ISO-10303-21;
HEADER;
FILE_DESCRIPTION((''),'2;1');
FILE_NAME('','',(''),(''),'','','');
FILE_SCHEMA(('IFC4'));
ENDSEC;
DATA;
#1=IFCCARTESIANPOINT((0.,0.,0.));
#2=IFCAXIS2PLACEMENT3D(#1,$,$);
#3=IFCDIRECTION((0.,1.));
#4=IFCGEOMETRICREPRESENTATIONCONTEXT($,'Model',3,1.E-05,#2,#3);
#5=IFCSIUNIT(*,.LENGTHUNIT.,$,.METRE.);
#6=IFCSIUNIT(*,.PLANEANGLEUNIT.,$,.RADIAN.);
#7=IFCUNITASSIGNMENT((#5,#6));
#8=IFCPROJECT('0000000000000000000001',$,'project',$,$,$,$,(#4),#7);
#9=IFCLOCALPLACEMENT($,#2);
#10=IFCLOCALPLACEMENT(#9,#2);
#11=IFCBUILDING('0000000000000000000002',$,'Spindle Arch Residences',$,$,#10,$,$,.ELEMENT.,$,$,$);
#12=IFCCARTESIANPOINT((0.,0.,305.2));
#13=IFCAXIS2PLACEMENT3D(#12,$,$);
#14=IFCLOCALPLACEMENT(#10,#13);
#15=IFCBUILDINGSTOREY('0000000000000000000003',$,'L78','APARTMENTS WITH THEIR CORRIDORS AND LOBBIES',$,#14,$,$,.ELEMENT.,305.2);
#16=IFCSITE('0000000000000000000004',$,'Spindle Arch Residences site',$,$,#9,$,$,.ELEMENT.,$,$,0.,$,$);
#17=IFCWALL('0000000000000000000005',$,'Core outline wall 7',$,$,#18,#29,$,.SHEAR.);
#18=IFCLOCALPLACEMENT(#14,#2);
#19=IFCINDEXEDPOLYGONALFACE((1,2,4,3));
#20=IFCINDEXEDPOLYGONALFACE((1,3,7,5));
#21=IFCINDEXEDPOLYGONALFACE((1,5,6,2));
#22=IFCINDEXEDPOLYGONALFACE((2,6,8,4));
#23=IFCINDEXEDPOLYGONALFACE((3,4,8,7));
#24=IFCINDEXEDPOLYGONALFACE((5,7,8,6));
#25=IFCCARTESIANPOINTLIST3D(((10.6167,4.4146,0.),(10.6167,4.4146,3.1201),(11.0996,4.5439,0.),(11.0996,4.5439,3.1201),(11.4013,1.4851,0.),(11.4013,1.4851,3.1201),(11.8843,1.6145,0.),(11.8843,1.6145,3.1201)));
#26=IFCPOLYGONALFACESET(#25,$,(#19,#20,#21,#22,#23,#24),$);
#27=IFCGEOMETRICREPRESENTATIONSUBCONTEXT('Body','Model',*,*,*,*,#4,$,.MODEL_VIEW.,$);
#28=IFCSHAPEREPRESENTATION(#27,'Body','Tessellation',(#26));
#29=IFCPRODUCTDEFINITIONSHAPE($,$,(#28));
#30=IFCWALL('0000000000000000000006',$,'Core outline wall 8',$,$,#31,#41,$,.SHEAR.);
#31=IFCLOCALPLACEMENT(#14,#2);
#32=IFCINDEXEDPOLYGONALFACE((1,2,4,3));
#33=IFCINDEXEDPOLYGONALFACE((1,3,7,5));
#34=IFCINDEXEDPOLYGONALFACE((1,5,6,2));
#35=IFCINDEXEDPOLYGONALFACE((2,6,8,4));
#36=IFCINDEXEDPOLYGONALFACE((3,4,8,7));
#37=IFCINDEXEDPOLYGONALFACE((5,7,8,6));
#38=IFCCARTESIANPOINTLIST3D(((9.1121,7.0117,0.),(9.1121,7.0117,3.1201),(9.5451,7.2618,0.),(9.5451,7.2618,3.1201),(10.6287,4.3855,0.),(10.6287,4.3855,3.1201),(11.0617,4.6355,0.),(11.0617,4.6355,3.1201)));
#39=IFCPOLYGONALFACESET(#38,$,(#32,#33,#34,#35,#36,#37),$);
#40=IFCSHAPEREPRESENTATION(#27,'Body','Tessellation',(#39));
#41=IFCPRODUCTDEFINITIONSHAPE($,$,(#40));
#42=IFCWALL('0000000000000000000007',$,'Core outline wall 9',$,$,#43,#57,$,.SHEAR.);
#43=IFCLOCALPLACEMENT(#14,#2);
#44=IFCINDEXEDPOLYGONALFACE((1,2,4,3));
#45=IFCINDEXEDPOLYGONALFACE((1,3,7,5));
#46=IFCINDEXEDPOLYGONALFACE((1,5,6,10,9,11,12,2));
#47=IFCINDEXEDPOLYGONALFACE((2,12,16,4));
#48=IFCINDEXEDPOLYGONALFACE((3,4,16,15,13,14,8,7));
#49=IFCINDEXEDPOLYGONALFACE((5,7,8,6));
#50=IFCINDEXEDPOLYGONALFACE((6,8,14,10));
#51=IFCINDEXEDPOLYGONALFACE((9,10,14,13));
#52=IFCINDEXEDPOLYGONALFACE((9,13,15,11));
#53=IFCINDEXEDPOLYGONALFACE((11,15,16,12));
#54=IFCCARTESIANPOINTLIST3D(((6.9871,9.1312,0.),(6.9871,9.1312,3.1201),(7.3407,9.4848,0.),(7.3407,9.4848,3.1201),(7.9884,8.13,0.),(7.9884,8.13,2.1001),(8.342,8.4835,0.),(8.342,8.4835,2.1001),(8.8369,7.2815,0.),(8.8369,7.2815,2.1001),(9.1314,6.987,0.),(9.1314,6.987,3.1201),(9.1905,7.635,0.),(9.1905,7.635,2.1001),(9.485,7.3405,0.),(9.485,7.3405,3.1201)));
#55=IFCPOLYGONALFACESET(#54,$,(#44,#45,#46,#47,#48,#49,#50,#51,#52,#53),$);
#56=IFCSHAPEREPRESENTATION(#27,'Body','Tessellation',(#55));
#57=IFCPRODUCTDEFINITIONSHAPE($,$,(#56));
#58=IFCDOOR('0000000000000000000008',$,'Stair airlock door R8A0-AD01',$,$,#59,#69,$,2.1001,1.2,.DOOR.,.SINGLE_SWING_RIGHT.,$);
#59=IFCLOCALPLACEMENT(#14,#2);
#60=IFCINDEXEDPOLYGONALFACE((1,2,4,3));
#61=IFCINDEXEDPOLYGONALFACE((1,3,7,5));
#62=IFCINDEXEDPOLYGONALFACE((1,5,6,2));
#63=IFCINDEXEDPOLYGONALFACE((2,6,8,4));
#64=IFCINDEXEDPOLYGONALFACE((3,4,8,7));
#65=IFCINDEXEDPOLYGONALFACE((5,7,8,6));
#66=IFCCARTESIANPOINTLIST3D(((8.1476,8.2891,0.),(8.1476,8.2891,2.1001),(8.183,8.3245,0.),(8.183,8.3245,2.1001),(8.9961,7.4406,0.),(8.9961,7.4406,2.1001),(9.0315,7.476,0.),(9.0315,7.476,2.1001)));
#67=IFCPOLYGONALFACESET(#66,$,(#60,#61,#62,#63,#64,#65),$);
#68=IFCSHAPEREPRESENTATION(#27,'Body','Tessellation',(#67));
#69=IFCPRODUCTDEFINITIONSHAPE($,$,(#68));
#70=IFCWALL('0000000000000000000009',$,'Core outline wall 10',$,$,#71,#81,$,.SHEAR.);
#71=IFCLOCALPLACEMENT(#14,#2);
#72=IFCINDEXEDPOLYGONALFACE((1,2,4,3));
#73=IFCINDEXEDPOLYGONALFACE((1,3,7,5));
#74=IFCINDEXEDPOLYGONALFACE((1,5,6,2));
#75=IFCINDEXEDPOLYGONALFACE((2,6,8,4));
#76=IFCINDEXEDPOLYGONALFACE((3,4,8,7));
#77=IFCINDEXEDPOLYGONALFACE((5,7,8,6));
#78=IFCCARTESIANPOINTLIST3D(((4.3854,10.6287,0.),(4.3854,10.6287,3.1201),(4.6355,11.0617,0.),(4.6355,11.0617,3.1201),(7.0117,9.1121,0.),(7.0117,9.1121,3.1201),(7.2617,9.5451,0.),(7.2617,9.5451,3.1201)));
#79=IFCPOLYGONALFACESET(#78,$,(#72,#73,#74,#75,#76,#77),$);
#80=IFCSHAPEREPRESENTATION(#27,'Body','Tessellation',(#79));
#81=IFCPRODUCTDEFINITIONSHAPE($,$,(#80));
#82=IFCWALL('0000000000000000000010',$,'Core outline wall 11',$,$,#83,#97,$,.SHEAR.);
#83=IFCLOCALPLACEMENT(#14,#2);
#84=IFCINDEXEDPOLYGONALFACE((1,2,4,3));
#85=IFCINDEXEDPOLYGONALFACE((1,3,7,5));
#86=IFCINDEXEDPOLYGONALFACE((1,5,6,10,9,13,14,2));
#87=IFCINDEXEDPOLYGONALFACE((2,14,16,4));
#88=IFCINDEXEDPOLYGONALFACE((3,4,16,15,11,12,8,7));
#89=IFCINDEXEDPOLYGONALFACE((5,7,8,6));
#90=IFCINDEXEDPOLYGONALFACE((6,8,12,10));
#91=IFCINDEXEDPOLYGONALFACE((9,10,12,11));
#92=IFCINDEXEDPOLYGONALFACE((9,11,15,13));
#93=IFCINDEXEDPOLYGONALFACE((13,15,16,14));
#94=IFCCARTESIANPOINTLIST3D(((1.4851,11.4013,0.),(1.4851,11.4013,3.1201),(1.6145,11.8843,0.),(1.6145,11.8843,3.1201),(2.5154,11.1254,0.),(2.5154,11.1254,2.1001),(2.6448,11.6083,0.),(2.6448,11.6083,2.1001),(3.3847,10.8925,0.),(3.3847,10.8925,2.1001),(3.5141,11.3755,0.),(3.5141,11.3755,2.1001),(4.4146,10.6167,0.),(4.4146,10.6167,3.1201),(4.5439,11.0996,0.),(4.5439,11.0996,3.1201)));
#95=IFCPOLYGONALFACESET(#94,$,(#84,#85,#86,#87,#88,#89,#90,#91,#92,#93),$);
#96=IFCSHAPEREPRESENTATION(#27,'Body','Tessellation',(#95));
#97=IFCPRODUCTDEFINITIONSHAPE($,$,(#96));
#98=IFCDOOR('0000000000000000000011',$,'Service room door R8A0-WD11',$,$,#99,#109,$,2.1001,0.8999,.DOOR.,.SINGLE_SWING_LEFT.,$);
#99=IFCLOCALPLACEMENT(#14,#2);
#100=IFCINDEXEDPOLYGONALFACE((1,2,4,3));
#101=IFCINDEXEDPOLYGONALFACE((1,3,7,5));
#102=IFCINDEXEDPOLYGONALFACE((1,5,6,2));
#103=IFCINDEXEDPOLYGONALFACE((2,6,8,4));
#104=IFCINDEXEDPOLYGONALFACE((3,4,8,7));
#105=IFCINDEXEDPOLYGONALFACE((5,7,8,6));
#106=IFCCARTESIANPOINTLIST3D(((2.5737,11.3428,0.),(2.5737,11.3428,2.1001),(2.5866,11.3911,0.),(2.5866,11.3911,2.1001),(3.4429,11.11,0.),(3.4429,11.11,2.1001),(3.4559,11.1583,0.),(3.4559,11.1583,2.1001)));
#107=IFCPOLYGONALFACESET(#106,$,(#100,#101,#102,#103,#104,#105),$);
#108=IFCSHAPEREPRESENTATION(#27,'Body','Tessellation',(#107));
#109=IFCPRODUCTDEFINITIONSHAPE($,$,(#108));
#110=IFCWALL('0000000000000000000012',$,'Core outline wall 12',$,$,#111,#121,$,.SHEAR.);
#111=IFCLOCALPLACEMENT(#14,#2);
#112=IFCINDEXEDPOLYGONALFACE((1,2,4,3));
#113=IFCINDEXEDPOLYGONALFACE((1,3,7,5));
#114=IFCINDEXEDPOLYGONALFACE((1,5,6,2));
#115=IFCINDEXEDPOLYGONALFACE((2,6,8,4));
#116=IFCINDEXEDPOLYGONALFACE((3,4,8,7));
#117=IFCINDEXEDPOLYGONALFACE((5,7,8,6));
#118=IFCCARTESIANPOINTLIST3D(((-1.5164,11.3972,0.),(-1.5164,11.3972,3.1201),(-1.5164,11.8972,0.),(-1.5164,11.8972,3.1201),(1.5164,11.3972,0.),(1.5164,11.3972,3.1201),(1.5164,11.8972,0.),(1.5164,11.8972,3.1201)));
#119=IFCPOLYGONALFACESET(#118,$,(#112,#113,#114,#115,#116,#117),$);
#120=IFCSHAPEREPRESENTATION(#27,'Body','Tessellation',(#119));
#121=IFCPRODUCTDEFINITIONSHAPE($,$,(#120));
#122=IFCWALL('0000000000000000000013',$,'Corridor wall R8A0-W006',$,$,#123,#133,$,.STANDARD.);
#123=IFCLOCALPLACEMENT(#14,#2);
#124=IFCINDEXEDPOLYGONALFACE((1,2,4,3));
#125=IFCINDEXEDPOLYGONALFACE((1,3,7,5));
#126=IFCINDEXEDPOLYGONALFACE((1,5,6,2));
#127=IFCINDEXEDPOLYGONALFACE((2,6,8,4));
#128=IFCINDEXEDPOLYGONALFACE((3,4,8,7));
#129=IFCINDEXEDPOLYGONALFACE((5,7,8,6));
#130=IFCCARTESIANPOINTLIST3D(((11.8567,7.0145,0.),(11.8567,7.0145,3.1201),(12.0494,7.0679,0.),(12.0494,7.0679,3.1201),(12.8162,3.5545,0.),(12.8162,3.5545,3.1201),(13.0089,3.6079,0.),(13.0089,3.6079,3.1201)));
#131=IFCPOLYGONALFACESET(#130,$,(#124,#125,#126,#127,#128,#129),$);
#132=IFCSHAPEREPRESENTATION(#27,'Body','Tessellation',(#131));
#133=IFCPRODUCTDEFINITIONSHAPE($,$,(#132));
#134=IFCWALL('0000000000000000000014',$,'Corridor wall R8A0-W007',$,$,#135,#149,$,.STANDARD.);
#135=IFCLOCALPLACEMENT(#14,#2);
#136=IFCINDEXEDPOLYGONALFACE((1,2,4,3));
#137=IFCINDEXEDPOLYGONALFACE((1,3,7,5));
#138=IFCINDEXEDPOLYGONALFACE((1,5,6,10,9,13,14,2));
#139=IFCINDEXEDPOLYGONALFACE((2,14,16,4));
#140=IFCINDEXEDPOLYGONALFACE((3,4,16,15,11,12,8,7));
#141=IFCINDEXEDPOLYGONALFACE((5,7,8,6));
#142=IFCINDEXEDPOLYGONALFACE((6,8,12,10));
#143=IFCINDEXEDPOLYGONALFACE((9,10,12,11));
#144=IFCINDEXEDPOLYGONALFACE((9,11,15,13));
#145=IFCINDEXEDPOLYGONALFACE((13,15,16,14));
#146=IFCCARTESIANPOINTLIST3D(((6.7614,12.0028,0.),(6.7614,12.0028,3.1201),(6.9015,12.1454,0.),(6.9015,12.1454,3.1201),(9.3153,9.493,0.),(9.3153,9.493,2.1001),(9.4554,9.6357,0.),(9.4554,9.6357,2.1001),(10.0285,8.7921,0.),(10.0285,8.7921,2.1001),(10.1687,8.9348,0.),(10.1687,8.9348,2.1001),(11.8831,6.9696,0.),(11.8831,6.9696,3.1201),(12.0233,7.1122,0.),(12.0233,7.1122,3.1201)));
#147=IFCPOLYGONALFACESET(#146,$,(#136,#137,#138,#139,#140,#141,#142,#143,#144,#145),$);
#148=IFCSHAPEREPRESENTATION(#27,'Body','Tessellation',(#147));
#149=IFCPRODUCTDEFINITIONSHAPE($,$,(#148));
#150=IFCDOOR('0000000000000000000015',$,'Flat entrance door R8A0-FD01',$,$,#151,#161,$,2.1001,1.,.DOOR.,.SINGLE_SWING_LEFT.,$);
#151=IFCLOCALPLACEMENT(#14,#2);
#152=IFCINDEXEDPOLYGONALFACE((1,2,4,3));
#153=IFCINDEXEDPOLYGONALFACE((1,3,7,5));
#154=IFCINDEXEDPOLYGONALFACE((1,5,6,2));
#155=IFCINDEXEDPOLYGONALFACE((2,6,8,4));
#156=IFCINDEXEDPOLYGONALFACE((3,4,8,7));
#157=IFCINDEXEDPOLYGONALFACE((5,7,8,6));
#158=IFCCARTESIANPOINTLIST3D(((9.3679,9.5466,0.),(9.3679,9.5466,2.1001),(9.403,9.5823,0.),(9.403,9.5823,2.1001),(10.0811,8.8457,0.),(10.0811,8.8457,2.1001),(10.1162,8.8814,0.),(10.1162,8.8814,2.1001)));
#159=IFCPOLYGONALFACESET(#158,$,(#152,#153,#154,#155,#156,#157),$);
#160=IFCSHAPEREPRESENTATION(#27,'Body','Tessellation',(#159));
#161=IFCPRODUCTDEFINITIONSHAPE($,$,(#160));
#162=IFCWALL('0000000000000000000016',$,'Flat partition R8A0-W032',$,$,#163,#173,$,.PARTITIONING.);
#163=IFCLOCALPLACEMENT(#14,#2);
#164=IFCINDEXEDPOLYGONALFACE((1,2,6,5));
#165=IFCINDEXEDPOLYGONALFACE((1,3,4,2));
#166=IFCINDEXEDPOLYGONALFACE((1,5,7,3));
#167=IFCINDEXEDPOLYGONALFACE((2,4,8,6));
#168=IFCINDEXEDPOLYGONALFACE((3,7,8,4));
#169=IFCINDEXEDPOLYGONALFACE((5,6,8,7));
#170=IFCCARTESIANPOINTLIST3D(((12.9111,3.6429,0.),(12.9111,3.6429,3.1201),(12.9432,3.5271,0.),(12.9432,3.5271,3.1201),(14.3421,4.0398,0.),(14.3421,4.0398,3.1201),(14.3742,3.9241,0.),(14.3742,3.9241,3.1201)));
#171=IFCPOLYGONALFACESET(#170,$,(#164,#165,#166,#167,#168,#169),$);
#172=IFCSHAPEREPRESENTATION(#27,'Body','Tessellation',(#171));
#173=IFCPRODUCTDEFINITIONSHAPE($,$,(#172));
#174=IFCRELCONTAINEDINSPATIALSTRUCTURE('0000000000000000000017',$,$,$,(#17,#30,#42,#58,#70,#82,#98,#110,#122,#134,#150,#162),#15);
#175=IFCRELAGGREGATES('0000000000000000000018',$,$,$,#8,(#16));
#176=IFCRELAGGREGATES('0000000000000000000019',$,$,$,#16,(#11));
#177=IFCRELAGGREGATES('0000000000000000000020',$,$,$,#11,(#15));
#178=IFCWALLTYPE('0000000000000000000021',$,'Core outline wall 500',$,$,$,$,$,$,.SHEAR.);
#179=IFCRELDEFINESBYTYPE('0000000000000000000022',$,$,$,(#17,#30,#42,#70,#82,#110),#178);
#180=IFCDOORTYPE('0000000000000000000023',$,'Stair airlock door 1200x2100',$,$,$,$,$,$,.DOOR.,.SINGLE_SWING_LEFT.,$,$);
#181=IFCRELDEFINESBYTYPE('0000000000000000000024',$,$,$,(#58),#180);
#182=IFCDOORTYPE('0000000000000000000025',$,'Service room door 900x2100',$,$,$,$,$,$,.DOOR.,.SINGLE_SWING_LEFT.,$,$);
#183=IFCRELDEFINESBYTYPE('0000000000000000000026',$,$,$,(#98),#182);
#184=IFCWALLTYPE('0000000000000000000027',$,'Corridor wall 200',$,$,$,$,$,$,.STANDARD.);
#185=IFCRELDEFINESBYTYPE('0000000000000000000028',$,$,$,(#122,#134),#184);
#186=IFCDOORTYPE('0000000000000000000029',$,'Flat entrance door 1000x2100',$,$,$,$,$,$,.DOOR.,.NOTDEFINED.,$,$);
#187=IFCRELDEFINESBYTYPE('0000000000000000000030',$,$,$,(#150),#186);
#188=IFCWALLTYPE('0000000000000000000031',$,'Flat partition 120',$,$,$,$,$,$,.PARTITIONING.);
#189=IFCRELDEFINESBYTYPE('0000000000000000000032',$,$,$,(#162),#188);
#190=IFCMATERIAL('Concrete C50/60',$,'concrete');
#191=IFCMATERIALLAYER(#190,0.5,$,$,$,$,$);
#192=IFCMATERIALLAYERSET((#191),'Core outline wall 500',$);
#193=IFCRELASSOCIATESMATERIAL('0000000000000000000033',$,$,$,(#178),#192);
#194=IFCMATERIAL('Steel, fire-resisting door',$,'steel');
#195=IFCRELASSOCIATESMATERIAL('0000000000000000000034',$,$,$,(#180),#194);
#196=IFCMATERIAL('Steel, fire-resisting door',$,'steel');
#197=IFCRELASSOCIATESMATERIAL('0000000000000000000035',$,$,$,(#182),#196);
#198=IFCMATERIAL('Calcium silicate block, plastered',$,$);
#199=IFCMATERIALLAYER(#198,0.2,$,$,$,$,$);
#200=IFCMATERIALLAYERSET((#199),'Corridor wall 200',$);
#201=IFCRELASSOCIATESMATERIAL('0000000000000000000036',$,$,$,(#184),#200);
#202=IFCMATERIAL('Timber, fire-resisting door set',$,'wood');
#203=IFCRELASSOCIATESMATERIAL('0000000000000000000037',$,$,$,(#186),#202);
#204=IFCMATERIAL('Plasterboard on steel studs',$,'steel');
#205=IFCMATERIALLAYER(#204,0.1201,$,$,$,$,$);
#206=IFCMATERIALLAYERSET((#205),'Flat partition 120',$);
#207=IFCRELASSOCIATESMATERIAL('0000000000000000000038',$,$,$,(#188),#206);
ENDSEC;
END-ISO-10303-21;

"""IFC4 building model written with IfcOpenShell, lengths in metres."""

from ifc_helpers import new_model, si_unit, direction, frame, frame_2d, origin, place, context, subcontext, project, spatial, rectangle, extrude, material, layer, layer_set, type_object, element, fill, save


model = new_model("IFC4")

# Units and contexts
model_context = context("Model", 3, precision=1e-05, world=origin(), true_north=direction((0.0, 1.0)))
body_context = subcontext(model_context, "Body", "Model", "MODEL_VIEW")
ifc_project = project(units=[si_unit("LENGTHUNIT", "METRE"), si_unit("PLANEANGLEUNIT", "RADIAN")], contexts=[model_context])

# Site, building, storey
site_placement = place(None, origin())
site = spatial("IfcSite", under=ifc_project, at=site_placement, Name="Spindle Arch Residences site", CompositionType="ELEMENT", RefElevation=0.0)
building_placement = place(site_placement, origin())
building = spatial("IfcBuilding", under=site, at=building_placement, Name="Spindle Arch Residences", CompositionType="ELEMENT")
storey_placement = place(building_placement, frame((0.0, 0.0, 305.2)))
storey = spatial("IfcBuildingStorey", under=building, at=storey_placement, Name="L78", Description="APARTMENTS WITH THEIR CORRIDORS AND LOBBIES", CompositionType="ELEMENT", Elevation=305.2)

# Walls
ifc_material_1 = material(Name="Concrete C50/60", Category="concrete")
ifc_layer_1 = layer(ifc_material_1, 0.5)
ifc_layer_set_1 = layer_set([ifc_layer_1], Name="Core outline wall 500")
wall_type_1 = type_object("IfcWallType", Name="Core outline wall 500", PredefinedType="SHEAR", material=ifc_layer_set_1)
for number, where, z_axis, x_axis, name in (
    (1, (11.6428, 1.5498, 0.0), (0.0, 0.0, 1.0), (-0.258735, 0.965948, 0.0), "Core outline wall 7"),
    (2, (10.8452, 4.5105, 0.0), (0.0, 0.0, 1.0), (-0.500087, 0.865975, 0.0), "Core outline wall 8"),
):
    element("IfcWall", number, at=place(storey_placement, frame(where, z_axis=z_axis, x_axis=x_axis)), inside=storey, type_object=wall_type_1, Name=name, PredefinedType="SHEAR", context=body_context, shape_type="SweptSolid", body=[
        extrude(rectangle(XDim=3.0327, YDim=0.5, at=frame_2d((1.5164, 0.0))), origin(), (0.0, 0.0, 1.0), 3.1201),
    ])

# Wall, opening, door
wall_1_placement = place(storey_placement, frame((9.3081, 7.1638, 0.0), z_axis=(0.0, 0.0, 1.0), x_axis=(-0.707107, 0.707107, 0.0)))
wall_1 = element("IfcWall", 3, at=wall_1_placement, inside=storey, type_object=wall_type_1, Name="Core outline wall 9", PredefinedType="SHEAR", context=body_context, shape_type="SweptSolid", body=[
    extrude(rectangle(XDim=3.0325, YDim=0.5, at=frame_2d((1.5161, 0.0))), origin(), (0.0, 0.0, 1.0), 3.1201),
])
opening_1_placement = place(wall_1_placement, frame((0.4163, 0.0, 0.0)))
opening_1 = element("IfcOpeningElement", 4, at=opening_1_placement, cuts=wall_1, PredefinedType="OPENING", context=body_context, shape_type="SweptSolid", body=[
    extrude(rectangle(XDim=1.2, YDim=2.1001, at=frame_2d((0.6001, 1.05))), frame((0.0, 0.26, 0.0), z_axis=(0.0, -1.0, 0.0), x_axis=(1.0, 0.0, 0.0)), (0.0, 0.0, 1.0), 0.52),
])
ifc_material_2 = material(Name="Steel, fire-resisting door", Category="steel")
door_type_1 = type_object("IfcDoorType", Name="Stair airlock door 1200x2100", OperationType="SINGLE_SWING_LEFT", PredefinedType="DOOR", material=ifc_material_2)
door_1_placement = place(opening_1_placement, origin())
door_1 = element("IfcDoor", 5, at=door_1_placement, inside=storey, type_object=door_type_1, Name="Stair airlock door R8A0-AD01", OperationType="SINGLE_SWING_RIGHT", OverallHeight=2.1001, OverallWidth=1.2, PredefinedType="DOOR", context=body_context, shape_type="SweptSolid", body=[
    extrude(rectangle(XDim=1.2, YDim=2.1001, at=frame_2d((0.6001, 1.05))), frame((0.0, 0.0249, 0.0), z_axis=(0.0, -1.0, 0.0), x_axis=(1.0, 0.0, 0.0)), (0.0, 0.0, 1.0), 0.05),
])
fill(opening_1, door_1)

# Wall
wall_2_placement = place(storey_placement, frame((7.1367, 9.3286, 0.0), z_axis=(0.0, 0.0, 1.0), x_axis=(-0.865975, 0.500087, 0.0)))
element("IfcWall", 6, at=wall_2_placement, inside=storey, type_object=wall_type_1, Name="Core outline wall 10", PredefinedType="SHEAR", context=body_context, shape_type="SweptSolid", body=[
    extrude(rectangle(XDim=3.0327, YDim=0.5, at=frame_2d((1.5164, 0.0))), origin(), (0.0, 0.0, 1.0), 3.1201),
])

# Wall, opening, door
wall_3_placement = place(storey_placement, frame((4.4792, 10.8582, 0.0), z_axis=(0.0, 0.0, 1.0), x_axis=(-0.965948, 0.258735, 0.0)))
wall_3 = element("IfcWall", 7, at=wall_3_placement, inside=storey, type_object=wall_type_1, Name="Core outline wall 11", PredefinedType="SHEAR", context=body_context, shape_type="SweptSolid", body=[
    extrude(rectangle(XDim=3.0327, YDim=0.5, at=frame_2d((1.5164, 0.0))), origin(), (0.0, 0.0, 1.0), 3.1201),
])
opening_2_placement = place(wall_3_placement, frame((1.0662, 0.0, 0.0)))
opening_2 = element("IfcOpeningElement", 8, at=opening_2_placement, cuts=wall_3, PredefinedType="OPENING", context=body_context, shape_type="SweptSolid", body=[
    extrude(rectangle(XDim=0.8999, YDim=2.1001, at=frame_2d((0.45, 1.05))), frame((0.0, 0.26, 0.0), z_axis=(0.0, -1.0, 0.0), x_axis=(1.0, 0.0, 0.0)), (0.0, 0.0, 1.0), 0.52),
])
ifc_material_3 = material(Name="Steel, fire-resisting door", Category="steel")
door_type_2 = type_object("IfcDoorType", Name="Service room door 900x2100", OperationType="SINGLE_SWING_LEFT", PredefinedType="DOOR", material=ifc_material_3)
door_2_placement = place(opening_2_placement, origin())
door_2 = element("IfcDoor", 9, at=door_2_placement, inside=storey, type_object=door_type_2, Name="Service room door R8A0-WD11", OperationType="SINGLE_SWING_LEFT", OverallHeight=2.1001, OverallWidth=0.8999, PredefinedType="DOOR", context=body_context, shape_type="SweptSolid", body=[
    extrude(rectangle(XDim=0.8999, YDim=2.1001, at=frame_2d((0.45, 1.05))), frame((0.0, 0.0249, 0.0), z_axis=(0.0, -1.0, 0.0), x_axis=(1.0, 0.0, 0.0)), (0.0, 0.0, 1.0), 0.05),
])
fill(opening_2, door_2)

# Walls
wall_4_placement = place(storey_placement, frame((1.5164, 11.6472, 0.0), z_axis=(0.0, 0.0, 1.0), x_axis=(-1.0, 0.0, 0.0)))
element("IfcWall", 10, at=wall_4_placement, inside=storey, type_object=wall_type_1, Name="Core outline wall 12", PredefinedType="SHEAR", context=body_context, shape_type="SweptSolid", body=[
    extrude(rectangle(XDim=3.0327, YDim=0.5, at=frame_2d((1.5164, 0.0))), origin(), (0.0, 0.0, 1.0), 3.1201),
])
ifc_material_4 = material(Name="Calcium silicate block, plastered")
ifc_layer_2 = layer(ifc_material_4, 0.2)
ifc_layer_set_2 = layer_set([ifc_layer_2], Name="Corridor wall 200")
wall_type_2 = type_object("IfcWallType", Name="Corridor wall 200", PredefinedType="STANDARD", material=ifc_layer_set_2)
wall_5_placement = place(storey_placement, frame((12.9126, 3.5811, 0.0), z_axis=(0.0, 0.0, 1.0), x_axis=(-0.267223, 0.963635, 0.0)))
element("IfcWall", 11, at=wall_5_placement, inside=storey, type_object=wall_type_2, Name="Corridor wall R8A0-W006", PredefinedType="STANDARD", context=body_context, shape_type="SweptSolid", body=[
    extrude(rectangle(XDim=3.5906, YDim=0.2, at=frame_2d((1.7954, 0.0))), origin(), (0.0, 0.0, 1.0), 3.1201),
])

# Wall, opening, door
wall_6_placement = place(storey_placement, frame((11.9531, 7.041, 0.0), z_axis=(0.0, 0.0, 1.0), x_axis=(-0.713251, 0.700909, 0.0)))
wall_6 = element("IfcWall", 12, at=wall_6_placement, inside=storey, type_object=wall_type_2, Name="Corridor wall R8A0-W007", PredefinedType="STANDARD", context=body_context, shape_type="SweptSolid", body=[
    extrude(rectangle(XDim=7.1809, YDim=0.2, at=frame_2d((3.5903, 0.0))), origin(), (0.0, 0.0, 1.0), 3.1201),
])
opening_3_placement = place(wall_6_placement, frame((2.6001, 0.0, 0.0)))
opening_3 = element("IfcOpeningElement", 13, at=opening_3_placement, cuts=wall_6, PredefinedType="OPENING", context=body_context, shape_type="SweptSolid", body=[
    extrude(rectangle(XDim=1.0, YDim=2.1001, at=frame_2d((0.5, 1.05))), frame((0.0, 0.1099, 0.0), z_axis=(0.0, -1.0, 0.0), x_axis=(1.0, 0.0, 0.0)), (0.0, 0.0, 1.0), 0.22),
])
ifc_material_5 = material(Name="Timber, fire-resisting door set", Category="wood")
door_type_3 = type_object("IfcDoorType", Name="Flat entrance door 1000x2100", OperationType="NOTDEFINED", PredefinedType="DOOR", material=ifc_material_5)
door_3_placement = place(opening_3_placement, origin())
door_3 = element("IfcDoor", 14, at=door_3_placement, inside=storey, type_object=door_type_3, Name="Flat entrance door R8A0-FD01", OperationType="SINGLE_SWING_LEFT", OverallHeight=2.1001, OverallWidth=1.0, PredefinedType="DOOR", context=body_context, shape_type="SweptSolid", body=[
    extrude(rectangle(XDim=1.0, YDim=2.1001, at=frame_2d((0.5, 1.05))), frame((0.0, 0.0249, 0.0), z_axis=(0.0, -1.0, 0.0), x_axis=(1.0, 0.0, 0.0)), (0.0, 0.0, 1.0), 0.05),
])
fill(opening_3, door_3)

# Wall
ifc_material_6 = material(Name="Plasterboard on steel studs", Category="steel")
ifc_layer_3 = layer(ifc_material_6, 0.1201)
ifc_layer_set_3 = layer_set([ifc_layer_3], Name="Flat partition 120")
wall_type_3 = type_object("IfcWallType", Name="Flat partition 120", PredefinedType="PARTITIONING", material=ifc_layer_set_3)
wall_7_placement = place(storey_placement, frame((12.927, 3.585, 0.0), z_axis=(0.0, 0.0, 1.0), x_axis=(0.963617, 0.267288, 0.0)))
element("IfcWall", 15, at=wall_7_placement, inside=storey, type_object=wall_type_3, Name="Flat partition R8A0-W032", PredefinedType="PARTITIONING", context=body_context, shape_type="SweptSolid", body=[
    extrude(rectangle(XDim=1.4851, YDim=0.1201, at=frame_2d((0.7427, 0.0))), origin(), (0.0, 0.0, 1.0), 3.1201),
])

save(model, "model.ifc")
